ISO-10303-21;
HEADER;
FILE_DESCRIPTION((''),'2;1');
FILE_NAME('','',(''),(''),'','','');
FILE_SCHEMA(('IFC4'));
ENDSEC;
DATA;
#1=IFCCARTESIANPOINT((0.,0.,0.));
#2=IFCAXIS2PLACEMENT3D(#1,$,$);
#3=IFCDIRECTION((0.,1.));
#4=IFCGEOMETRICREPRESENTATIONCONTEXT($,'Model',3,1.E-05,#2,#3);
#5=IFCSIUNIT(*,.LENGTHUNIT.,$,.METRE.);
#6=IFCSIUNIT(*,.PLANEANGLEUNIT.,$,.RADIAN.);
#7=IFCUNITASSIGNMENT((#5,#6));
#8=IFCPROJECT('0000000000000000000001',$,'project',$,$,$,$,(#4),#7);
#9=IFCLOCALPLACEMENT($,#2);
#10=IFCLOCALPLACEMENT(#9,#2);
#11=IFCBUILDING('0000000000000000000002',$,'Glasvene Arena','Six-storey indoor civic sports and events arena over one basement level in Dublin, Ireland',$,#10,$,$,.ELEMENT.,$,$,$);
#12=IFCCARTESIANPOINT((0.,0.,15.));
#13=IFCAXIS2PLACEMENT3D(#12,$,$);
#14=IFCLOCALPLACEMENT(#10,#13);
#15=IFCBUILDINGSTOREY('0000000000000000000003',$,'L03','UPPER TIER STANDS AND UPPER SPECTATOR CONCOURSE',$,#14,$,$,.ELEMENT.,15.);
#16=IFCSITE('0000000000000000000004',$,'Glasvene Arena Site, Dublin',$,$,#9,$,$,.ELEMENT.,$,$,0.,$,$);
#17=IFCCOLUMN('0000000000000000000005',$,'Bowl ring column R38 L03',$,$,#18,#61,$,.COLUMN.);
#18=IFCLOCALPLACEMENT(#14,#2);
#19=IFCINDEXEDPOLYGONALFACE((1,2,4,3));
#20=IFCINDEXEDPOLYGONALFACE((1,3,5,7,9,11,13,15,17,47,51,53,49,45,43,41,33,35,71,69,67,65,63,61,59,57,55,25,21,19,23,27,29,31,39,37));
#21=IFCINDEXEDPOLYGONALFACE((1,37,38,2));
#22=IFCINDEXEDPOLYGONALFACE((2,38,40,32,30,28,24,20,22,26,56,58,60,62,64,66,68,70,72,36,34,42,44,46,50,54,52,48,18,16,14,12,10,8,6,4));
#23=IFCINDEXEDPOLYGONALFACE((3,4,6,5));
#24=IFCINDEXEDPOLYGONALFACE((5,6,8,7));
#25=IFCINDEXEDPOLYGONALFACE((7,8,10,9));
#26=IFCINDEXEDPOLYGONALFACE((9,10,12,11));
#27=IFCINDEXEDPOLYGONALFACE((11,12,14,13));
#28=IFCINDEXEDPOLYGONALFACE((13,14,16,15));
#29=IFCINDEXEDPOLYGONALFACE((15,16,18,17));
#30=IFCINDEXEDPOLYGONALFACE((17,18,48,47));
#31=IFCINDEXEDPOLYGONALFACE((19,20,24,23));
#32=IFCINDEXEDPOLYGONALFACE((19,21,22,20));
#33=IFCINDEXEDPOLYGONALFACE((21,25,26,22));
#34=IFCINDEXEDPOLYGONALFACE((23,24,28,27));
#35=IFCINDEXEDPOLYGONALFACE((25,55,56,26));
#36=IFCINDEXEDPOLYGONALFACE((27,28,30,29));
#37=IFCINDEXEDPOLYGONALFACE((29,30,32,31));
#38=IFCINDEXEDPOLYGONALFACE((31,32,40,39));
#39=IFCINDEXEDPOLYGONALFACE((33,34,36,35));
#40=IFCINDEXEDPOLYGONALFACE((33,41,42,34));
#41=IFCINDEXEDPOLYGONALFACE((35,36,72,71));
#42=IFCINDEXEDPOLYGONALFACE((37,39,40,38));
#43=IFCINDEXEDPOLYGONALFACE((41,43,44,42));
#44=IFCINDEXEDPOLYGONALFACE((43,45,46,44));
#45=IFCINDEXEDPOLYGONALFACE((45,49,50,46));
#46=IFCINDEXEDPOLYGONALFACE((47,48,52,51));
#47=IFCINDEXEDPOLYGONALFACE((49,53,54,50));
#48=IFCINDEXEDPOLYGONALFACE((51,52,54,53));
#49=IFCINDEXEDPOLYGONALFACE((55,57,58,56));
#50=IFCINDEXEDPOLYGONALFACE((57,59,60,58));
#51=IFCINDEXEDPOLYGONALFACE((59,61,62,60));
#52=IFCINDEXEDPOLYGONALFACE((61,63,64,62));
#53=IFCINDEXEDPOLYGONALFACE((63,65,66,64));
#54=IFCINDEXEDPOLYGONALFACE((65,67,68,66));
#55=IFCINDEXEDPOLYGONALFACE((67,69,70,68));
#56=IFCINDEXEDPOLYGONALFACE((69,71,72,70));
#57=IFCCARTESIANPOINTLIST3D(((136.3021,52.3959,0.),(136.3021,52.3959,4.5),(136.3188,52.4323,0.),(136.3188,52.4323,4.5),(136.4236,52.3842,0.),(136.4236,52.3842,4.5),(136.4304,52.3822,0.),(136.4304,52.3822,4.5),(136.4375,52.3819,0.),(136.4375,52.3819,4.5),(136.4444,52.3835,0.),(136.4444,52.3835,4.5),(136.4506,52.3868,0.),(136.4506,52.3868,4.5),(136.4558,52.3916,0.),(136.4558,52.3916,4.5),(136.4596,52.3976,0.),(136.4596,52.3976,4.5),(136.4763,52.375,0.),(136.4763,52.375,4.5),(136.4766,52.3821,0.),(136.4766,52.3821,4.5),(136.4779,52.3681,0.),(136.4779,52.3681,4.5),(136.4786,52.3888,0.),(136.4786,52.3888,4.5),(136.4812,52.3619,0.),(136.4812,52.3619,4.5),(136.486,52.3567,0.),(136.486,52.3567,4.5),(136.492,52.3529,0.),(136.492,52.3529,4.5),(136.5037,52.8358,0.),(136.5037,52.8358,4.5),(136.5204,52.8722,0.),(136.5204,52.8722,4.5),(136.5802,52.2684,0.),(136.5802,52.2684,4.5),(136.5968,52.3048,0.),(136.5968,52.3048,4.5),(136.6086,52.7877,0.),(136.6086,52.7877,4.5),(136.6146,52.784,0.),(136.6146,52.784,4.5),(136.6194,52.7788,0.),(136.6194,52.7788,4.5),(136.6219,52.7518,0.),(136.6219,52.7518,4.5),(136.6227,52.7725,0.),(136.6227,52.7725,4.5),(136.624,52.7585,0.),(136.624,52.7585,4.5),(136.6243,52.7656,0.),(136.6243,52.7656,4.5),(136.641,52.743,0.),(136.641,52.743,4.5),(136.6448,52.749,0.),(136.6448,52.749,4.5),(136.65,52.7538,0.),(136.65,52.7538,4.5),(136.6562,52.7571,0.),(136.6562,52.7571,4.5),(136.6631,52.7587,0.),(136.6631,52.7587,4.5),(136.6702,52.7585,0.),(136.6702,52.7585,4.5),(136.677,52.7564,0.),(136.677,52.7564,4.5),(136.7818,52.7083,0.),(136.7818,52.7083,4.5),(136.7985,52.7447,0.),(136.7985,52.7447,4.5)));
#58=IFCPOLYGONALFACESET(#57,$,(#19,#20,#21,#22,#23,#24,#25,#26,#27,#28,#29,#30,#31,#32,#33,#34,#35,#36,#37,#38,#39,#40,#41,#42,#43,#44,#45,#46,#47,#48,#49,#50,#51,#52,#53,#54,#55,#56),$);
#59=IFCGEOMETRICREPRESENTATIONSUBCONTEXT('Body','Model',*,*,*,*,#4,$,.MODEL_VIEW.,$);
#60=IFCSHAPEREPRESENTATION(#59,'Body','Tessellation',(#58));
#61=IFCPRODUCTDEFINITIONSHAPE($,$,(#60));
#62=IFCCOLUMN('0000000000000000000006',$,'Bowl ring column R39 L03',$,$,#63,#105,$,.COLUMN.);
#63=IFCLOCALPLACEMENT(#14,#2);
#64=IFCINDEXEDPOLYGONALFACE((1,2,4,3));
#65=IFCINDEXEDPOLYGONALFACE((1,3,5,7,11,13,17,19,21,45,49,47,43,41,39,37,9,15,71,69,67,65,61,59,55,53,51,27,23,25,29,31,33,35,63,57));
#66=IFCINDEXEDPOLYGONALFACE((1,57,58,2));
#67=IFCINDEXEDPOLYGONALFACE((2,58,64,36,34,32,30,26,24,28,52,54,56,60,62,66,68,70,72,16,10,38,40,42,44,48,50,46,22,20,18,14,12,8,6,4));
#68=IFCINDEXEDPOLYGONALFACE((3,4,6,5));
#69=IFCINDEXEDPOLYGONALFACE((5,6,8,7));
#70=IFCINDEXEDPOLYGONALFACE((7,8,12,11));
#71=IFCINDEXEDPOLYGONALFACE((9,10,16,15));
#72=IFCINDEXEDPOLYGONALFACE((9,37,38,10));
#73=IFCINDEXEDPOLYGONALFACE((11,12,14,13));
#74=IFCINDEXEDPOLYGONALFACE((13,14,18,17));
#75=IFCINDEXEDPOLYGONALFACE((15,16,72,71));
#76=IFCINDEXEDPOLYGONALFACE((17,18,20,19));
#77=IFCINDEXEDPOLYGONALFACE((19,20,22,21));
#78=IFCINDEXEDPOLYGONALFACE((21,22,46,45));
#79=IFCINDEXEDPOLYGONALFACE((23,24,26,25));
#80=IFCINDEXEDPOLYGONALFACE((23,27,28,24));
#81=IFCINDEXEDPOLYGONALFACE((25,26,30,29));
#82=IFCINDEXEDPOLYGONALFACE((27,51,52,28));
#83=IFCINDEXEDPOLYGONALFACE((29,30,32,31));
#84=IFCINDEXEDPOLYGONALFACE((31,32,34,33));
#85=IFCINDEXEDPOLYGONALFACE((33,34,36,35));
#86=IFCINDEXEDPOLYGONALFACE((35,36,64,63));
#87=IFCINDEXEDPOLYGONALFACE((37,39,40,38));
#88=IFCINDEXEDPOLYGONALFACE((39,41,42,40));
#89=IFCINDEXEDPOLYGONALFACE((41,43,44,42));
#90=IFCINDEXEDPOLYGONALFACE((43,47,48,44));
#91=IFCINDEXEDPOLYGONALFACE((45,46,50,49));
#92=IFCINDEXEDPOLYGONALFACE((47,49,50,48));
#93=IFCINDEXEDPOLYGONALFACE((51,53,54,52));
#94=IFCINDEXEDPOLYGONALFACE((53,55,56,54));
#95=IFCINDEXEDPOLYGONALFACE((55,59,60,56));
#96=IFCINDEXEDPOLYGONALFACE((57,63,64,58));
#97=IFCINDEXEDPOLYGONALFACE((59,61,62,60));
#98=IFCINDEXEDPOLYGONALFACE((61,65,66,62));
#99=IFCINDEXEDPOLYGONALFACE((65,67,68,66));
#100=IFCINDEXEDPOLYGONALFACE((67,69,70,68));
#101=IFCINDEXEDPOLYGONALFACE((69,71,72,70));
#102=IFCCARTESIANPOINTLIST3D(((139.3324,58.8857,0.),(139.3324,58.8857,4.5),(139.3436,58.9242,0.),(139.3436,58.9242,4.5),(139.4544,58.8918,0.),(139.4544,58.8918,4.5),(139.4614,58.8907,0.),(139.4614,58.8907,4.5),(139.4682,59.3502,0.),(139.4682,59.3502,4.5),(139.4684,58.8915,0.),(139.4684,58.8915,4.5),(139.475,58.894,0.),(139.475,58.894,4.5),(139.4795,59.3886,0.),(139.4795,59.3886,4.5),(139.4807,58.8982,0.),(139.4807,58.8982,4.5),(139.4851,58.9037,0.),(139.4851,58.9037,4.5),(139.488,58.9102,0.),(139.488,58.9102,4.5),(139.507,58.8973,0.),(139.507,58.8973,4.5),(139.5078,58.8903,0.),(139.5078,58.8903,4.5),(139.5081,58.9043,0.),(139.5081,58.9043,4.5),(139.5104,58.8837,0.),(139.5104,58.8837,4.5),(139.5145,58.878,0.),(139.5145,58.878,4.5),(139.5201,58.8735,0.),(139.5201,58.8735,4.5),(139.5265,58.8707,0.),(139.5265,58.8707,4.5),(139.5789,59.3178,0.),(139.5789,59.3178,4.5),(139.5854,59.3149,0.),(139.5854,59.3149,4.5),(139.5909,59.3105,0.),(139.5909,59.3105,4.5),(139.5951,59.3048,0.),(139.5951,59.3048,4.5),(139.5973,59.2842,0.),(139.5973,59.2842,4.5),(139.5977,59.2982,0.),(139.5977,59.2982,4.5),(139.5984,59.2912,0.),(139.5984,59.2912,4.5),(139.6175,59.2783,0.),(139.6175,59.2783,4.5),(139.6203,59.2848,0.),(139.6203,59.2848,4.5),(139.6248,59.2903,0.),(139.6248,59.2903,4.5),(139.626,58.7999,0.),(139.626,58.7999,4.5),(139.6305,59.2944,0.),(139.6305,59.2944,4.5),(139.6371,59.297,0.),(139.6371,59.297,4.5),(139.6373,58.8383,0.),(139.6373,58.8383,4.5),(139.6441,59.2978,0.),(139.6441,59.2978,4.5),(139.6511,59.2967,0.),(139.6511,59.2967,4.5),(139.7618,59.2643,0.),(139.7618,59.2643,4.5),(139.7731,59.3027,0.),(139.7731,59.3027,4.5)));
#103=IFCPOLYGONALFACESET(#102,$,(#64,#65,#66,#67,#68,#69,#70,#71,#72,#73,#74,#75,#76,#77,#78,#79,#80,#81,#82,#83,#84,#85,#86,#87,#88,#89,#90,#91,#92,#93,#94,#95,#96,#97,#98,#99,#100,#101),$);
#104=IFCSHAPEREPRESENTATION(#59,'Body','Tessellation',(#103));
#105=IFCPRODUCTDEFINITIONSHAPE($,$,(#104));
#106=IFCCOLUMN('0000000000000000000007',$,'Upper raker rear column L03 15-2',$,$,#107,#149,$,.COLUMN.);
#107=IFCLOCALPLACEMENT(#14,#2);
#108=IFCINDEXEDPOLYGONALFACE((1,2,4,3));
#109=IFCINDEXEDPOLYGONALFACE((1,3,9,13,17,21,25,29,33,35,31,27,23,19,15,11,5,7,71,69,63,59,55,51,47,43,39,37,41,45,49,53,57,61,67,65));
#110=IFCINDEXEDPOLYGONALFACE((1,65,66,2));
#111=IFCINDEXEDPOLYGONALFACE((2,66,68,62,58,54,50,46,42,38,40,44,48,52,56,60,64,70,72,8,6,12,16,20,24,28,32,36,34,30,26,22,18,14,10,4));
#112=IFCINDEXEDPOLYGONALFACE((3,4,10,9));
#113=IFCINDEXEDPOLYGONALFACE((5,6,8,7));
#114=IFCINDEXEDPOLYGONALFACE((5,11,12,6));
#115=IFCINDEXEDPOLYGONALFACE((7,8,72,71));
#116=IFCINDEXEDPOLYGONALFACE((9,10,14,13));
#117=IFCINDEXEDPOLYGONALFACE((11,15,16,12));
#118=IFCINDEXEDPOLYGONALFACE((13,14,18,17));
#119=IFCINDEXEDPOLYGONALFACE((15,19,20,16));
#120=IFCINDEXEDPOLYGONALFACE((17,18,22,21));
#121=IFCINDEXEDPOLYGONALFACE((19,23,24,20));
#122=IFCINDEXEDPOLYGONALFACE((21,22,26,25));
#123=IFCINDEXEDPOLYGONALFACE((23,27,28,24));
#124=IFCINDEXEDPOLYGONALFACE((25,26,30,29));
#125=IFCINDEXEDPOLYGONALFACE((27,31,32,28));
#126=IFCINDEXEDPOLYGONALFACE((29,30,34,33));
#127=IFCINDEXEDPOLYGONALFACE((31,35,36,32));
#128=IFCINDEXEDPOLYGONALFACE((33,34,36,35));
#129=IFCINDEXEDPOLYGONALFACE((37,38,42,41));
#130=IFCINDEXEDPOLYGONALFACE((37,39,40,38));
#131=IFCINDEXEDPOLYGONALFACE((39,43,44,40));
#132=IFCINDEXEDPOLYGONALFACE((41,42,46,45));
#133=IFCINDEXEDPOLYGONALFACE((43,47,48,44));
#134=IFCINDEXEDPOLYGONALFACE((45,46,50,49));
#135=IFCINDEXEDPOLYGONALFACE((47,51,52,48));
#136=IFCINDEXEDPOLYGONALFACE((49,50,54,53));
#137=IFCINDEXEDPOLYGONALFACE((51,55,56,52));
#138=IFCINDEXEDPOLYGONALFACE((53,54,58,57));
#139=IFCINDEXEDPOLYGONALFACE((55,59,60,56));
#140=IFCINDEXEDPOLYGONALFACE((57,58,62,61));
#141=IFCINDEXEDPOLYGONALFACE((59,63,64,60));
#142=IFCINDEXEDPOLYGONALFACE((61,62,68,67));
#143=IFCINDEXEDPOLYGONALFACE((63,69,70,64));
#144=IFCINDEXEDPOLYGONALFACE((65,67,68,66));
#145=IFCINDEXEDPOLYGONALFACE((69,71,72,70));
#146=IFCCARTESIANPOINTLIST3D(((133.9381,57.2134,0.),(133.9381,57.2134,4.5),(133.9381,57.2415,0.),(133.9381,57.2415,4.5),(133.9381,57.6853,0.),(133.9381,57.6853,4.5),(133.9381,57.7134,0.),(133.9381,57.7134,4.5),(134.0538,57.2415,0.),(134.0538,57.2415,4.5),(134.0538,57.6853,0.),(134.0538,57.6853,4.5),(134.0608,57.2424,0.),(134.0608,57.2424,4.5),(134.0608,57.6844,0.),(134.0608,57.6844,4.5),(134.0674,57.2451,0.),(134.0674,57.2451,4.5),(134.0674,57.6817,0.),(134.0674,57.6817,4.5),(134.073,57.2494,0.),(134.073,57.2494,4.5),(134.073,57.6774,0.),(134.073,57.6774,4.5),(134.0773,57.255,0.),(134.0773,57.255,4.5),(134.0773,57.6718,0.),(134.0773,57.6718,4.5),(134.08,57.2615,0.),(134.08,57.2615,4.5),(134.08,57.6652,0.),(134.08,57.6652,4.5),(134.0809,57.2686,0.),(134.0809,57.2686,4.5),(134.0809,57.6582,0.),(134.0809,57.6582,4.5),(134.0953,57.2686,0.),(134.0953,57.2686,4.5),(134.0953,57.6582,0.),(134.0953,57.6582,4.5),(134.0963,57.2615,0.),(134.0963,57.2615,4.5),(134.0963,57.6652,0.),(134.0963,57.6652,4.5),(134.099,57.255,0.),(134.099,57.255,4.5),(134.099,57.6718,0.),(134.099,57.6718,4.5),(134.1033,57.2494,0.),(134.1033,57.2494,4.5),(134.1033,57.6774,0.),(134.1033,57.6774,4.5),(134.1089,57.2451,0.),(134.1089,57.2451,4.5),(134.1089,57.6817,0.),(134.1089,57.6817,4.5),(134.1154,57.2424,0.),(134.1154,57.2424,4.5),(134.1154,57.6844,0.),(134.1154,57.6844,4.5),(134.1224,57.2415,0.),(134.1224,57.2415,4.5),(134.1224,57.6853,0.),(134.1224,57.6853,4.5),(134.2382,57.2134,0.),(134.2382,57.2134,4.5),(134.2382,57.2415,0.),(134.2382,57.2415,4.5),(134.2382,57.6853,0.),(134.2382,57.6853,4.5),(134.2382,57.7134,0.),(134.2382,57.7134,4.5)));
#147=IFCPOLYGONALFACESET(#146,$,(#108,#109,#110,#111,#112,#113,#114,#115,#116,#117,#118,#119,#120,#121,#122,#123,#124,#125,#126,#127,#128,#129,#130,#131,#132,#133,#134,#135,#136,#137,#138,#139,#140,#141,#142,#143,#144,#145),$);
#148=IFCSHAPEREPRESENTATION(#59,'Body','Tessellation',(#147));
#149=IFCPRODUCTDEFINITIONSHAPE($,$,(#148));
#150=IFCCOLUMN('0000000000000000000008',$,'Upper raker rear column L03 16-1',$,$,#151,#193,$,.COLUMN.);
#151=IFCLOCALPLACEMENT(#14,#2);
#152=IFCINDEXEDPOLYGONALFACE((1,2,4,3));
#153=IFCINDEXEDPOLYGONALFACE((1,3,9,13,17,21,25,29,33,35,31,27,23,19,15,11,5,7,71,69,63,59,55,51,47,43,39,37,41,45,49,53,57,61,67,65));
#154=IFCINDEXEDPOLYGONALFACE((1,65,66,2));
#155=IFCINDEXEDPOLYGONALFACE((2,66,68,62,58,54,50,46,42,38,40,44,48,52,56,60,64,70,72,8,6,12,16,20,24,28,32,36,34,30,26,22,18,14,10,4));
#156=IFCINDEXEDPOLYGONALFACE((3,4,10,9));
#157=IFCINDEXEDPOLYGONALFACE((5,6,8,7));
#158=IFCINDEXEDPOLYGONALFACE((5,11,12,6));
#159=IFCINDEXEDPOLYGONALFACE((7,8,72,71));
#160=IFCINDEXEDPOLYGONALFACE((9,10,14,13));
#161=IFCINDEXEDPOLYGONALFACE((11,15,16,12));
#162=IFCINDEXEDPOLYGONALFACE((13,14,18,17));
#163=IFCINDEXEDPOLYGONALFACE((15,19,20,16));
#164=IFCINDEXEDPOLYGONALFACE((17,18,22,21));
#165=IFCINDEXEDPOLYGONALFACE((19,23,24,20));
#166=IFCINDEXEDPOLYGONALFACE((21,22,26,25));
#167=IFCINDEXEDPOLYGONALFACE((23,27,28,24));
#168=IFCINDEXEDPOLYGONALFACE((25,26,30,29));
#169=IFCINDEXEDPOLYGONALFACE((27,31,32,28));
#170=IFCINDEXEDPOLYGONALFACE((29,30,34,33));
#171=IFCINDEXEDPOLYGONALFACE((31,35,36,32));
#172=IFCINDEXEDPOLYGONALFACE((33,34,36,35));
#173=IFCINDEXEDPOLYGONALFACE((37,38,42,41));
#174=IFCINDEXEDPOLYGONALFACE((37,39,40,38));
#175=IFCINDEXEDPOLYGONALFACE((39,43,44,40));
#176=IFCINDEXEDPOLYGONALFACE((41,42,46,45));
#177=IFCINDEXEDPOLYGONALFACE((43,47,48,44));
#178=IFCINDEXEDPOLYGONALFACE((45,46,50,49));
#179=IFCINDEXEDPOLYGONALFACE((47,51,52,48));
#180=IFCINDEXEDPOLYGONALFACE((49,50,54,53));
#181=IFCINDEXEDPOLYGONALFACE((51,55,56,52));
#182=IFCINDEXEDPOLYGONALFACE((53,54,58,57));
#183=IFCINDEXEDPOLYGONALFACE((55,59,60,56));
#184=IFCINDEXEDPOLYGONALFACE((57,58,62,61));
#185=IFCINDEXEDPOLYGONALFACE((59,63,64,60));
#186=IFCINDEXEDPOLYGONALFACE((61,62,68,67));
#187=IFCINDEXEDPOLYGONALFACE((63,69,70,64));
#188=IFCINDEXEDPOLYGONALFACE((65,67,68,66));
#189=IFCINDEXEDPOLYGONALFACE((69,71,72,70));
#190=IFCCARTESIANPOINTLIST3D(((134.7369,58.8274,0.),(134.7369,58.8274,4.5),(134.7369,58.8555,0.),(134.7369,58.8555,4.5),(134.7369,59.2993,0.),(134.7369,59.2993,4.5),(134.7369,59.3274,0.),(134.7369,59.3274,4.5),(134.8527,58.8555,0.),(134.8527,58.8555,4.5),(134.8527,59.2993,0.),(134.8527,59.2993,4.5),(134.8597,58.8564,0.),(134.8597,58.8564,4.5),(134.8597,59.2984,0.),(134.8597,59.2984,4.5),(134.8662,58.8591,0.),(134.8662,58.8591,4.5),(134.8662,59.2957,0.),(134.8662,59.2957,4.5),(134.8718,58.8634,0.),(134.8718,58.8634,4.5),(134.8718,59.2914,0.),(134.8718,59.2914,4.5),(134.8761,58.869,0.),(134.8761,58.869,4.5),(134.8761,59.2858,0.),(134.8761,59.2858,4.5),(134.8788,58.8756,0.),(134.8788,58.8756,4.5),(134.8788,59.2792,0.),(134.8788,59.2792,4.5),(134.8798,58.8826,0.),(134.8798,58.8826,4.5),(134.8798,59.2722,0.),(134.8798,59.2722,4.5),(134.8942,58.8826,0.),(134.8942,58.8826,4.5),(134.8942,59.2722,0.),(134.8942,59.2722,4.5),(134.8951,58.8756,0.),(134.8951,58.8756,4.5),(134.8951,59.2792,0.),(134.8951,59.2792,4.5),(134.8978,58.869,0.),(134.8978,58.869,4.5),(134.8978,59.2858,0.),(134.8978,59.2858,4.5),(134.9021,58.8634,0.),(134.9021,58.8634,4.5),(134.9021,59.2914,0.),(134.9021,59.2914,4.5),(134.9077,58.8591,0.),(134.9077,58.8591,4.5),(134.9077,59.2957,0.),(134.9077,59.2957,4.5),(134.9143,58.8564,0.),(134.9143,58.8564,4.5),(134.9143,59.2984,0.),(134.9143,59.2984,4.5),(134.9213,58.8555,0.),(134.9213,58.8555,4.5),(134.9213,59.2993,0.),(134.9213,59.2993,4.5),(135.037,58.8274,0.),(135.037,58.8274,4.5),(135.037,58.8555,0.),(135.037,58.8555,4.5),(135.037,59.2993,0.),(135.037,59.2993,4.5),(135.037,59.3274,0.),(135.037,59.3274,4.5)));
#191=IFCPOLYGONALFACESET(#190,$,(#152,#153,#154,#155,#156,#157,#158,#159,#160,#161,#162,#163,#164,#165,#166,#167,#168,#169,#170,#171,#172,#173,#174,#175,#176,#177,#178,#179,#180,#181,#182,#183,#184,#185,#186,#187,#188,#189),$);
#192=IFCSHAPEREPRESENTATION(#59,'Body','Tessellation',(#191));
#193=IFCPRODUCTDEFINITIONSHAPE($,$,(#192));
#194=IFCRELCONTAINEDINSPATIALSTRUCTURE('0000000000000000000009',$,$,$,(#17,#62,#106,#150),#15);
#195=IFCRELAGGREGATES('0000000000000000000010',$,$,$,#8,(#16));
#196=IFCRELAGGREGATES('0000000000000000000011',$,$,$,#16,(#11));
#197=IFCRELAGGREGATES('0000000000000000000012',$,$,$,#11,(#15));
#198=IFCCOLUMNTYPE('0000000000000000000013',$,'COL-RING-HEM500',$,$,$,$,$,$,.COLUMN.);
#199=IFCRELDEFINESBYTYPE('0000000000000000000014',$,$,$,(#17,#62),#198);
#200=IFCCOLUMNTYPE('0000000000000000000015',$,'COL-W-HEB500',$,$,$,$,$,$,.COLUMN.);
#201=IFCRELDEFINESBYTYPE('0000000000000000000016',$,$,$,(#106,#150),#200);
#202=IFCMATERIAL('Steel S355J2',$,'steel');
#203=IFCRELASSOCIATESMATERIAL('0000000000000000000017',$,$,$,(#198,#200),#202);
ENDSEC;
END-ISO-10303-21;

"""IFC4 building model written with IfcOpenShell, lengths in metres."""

from ifc_helpers import new_model, si_unit, direction, frame, origin, origin_2d, place, context, subcontext, project, spatial, i_section, extrude, material, material_profile, profile_set, type_object, element, save


model = new_model("IFC4")

# Units and contexts
model_context = context("Model", 3, precision=1e-05, world=origin(), true_north=direction((0.0, 1.0)))
body_context = subcontext(model_context, "Body", "Model", "MODEL_VIEW")
ifc_project = project(units=[si_unit("LENGTHUNIT", "METRE"), si_unit("PLANEANGLEUNIT", "RADIAN")], contexts=[model_context])

# Site, building, storey
site_placement = place(None, origin())
site = spatial("IfcSite", under=ifc_project, at=site_placement, Name="Glasvene Arena Site, Dublin", CompositionType="ELEMENT", RefElevation=0.0)
building_placement = place(site_placement, origin())
building = spatial("IfcBuilding", under=site, at=building_placement, Name="Glasvene Arena", Description="Six-storey indoor civic sports and events arena over one basement level in Dublin, Ireland", CompositionType="ELEMENT")
storey_placement = place(building_placement, frame((0.0, 0.0, 15.0)))
storey = spatial("IfcBuildingStorey", under=building, at=storey_placement, Name="L03", Description="UPPER TIER STANDS AND UPPER SPECTATOR CONCOURSE", CompositionType="ELEMENT", Elevation=15.0)

# Columns
ifc_material_1 = material(Name="Steel S355J2", Category="steel")
ifc_material_profile_1 = material_profile(ifc_material_1, i_section(OverallWidth=0.3059, OverallDepth=0.5239, WebThickness=0.021, FlangeThickness=0.04, FilletRadius=0.0271, at=origin_2d()), Name="HEM 500")
ifc_profile_set_1 = profile_set([ifc_material_profile_1], Name="Steel S355J2")
column_type_1 = type_object("IfcColumnType", Name="COL-RING-HEM500", PredefinedType="COLUMN", material=ifc_profile_set_1)
for number, where, z_axis, x_axis, name in (
    (1, (136.5503, 52.5703, 0.0), (0.0, 0.0, 1.0), (0.909018, -0.416757, 0.0), "Bowl ring column R38 L03"),
    (2, (139.5527, 59.0942, 0.0), (0.0, 0.0, 1.0), (0.959805, -0.280667, 0.0), "Bowl ring column R39 L03"),
):
    element("IfcColumn", number, at=place(storey_placement, frame(where, z_axis=z_axis, x_axis=x_axis)), inside=storey, type_object=column_type_1, Name=name, PredefinedType="COLUMN", context=body_context, shape_type="SweptSolid", body=[
        extrude(i_section(OverallWidth=0.3059, OverallDepth=0.5239, WebThickness=0.021, FlangeThickness=0.04, FilletRadius=0.0271, at=origin_2d()), origin(), (0.0, 0.0, 1.0), 4.5),
    ])
ifc_material_profile_2 = material_profile(ifc_material_1, i_section(OverallWidth=0.3, OverallDepth=0.5, WebThickness=0.0144, FlangeThickness=0.0281, FilletRadius=0.0271, at=origin_2d()), Name="HEB 500")
ifc_profile_set_2 = profile_set([ifc_material_profile_2], Name="Steel S355J2")
column_type_2 = type_object("IfcColumnType", Name="COL-W-HEB500", PredefinedType="COLUMN", material=ifc_profile_set_2)
for number, where, z_axis, x_axis, name in (
    (3, (134.0881, 57.4634, 0.0), (0.0, 0.0, 1.0), (1.0, 0.0, 0.0), "Upper raker rear column L03 15-2"),
    (4, (134.887, 59.0774, 0.0), (0.0, 0.0, 1.0), (1.0, 0.0, 0.0), "Upper raker rear column L03 16-1"),
):
    element("IfcColumn", number, at=place(storey_placement, frame(where, z_axis=z_axis, x_axis=x_axis)), inside=storey, type_object=column_type_2, Name=name, PredefinedType="COLUMN", context=body_context, shape_type="SweptSolid", body=[
        extrude(i_section(OverallWidth=0.3, OverallDepth=0.5, WebThickness=0.0144, FlangeThickness=0.0281, FilletRadius=0.0271, at=origin_2d()), origin(), (0.0, 0.0, 1.0), 4.5),
    ])

save(model, "model.ifc")
